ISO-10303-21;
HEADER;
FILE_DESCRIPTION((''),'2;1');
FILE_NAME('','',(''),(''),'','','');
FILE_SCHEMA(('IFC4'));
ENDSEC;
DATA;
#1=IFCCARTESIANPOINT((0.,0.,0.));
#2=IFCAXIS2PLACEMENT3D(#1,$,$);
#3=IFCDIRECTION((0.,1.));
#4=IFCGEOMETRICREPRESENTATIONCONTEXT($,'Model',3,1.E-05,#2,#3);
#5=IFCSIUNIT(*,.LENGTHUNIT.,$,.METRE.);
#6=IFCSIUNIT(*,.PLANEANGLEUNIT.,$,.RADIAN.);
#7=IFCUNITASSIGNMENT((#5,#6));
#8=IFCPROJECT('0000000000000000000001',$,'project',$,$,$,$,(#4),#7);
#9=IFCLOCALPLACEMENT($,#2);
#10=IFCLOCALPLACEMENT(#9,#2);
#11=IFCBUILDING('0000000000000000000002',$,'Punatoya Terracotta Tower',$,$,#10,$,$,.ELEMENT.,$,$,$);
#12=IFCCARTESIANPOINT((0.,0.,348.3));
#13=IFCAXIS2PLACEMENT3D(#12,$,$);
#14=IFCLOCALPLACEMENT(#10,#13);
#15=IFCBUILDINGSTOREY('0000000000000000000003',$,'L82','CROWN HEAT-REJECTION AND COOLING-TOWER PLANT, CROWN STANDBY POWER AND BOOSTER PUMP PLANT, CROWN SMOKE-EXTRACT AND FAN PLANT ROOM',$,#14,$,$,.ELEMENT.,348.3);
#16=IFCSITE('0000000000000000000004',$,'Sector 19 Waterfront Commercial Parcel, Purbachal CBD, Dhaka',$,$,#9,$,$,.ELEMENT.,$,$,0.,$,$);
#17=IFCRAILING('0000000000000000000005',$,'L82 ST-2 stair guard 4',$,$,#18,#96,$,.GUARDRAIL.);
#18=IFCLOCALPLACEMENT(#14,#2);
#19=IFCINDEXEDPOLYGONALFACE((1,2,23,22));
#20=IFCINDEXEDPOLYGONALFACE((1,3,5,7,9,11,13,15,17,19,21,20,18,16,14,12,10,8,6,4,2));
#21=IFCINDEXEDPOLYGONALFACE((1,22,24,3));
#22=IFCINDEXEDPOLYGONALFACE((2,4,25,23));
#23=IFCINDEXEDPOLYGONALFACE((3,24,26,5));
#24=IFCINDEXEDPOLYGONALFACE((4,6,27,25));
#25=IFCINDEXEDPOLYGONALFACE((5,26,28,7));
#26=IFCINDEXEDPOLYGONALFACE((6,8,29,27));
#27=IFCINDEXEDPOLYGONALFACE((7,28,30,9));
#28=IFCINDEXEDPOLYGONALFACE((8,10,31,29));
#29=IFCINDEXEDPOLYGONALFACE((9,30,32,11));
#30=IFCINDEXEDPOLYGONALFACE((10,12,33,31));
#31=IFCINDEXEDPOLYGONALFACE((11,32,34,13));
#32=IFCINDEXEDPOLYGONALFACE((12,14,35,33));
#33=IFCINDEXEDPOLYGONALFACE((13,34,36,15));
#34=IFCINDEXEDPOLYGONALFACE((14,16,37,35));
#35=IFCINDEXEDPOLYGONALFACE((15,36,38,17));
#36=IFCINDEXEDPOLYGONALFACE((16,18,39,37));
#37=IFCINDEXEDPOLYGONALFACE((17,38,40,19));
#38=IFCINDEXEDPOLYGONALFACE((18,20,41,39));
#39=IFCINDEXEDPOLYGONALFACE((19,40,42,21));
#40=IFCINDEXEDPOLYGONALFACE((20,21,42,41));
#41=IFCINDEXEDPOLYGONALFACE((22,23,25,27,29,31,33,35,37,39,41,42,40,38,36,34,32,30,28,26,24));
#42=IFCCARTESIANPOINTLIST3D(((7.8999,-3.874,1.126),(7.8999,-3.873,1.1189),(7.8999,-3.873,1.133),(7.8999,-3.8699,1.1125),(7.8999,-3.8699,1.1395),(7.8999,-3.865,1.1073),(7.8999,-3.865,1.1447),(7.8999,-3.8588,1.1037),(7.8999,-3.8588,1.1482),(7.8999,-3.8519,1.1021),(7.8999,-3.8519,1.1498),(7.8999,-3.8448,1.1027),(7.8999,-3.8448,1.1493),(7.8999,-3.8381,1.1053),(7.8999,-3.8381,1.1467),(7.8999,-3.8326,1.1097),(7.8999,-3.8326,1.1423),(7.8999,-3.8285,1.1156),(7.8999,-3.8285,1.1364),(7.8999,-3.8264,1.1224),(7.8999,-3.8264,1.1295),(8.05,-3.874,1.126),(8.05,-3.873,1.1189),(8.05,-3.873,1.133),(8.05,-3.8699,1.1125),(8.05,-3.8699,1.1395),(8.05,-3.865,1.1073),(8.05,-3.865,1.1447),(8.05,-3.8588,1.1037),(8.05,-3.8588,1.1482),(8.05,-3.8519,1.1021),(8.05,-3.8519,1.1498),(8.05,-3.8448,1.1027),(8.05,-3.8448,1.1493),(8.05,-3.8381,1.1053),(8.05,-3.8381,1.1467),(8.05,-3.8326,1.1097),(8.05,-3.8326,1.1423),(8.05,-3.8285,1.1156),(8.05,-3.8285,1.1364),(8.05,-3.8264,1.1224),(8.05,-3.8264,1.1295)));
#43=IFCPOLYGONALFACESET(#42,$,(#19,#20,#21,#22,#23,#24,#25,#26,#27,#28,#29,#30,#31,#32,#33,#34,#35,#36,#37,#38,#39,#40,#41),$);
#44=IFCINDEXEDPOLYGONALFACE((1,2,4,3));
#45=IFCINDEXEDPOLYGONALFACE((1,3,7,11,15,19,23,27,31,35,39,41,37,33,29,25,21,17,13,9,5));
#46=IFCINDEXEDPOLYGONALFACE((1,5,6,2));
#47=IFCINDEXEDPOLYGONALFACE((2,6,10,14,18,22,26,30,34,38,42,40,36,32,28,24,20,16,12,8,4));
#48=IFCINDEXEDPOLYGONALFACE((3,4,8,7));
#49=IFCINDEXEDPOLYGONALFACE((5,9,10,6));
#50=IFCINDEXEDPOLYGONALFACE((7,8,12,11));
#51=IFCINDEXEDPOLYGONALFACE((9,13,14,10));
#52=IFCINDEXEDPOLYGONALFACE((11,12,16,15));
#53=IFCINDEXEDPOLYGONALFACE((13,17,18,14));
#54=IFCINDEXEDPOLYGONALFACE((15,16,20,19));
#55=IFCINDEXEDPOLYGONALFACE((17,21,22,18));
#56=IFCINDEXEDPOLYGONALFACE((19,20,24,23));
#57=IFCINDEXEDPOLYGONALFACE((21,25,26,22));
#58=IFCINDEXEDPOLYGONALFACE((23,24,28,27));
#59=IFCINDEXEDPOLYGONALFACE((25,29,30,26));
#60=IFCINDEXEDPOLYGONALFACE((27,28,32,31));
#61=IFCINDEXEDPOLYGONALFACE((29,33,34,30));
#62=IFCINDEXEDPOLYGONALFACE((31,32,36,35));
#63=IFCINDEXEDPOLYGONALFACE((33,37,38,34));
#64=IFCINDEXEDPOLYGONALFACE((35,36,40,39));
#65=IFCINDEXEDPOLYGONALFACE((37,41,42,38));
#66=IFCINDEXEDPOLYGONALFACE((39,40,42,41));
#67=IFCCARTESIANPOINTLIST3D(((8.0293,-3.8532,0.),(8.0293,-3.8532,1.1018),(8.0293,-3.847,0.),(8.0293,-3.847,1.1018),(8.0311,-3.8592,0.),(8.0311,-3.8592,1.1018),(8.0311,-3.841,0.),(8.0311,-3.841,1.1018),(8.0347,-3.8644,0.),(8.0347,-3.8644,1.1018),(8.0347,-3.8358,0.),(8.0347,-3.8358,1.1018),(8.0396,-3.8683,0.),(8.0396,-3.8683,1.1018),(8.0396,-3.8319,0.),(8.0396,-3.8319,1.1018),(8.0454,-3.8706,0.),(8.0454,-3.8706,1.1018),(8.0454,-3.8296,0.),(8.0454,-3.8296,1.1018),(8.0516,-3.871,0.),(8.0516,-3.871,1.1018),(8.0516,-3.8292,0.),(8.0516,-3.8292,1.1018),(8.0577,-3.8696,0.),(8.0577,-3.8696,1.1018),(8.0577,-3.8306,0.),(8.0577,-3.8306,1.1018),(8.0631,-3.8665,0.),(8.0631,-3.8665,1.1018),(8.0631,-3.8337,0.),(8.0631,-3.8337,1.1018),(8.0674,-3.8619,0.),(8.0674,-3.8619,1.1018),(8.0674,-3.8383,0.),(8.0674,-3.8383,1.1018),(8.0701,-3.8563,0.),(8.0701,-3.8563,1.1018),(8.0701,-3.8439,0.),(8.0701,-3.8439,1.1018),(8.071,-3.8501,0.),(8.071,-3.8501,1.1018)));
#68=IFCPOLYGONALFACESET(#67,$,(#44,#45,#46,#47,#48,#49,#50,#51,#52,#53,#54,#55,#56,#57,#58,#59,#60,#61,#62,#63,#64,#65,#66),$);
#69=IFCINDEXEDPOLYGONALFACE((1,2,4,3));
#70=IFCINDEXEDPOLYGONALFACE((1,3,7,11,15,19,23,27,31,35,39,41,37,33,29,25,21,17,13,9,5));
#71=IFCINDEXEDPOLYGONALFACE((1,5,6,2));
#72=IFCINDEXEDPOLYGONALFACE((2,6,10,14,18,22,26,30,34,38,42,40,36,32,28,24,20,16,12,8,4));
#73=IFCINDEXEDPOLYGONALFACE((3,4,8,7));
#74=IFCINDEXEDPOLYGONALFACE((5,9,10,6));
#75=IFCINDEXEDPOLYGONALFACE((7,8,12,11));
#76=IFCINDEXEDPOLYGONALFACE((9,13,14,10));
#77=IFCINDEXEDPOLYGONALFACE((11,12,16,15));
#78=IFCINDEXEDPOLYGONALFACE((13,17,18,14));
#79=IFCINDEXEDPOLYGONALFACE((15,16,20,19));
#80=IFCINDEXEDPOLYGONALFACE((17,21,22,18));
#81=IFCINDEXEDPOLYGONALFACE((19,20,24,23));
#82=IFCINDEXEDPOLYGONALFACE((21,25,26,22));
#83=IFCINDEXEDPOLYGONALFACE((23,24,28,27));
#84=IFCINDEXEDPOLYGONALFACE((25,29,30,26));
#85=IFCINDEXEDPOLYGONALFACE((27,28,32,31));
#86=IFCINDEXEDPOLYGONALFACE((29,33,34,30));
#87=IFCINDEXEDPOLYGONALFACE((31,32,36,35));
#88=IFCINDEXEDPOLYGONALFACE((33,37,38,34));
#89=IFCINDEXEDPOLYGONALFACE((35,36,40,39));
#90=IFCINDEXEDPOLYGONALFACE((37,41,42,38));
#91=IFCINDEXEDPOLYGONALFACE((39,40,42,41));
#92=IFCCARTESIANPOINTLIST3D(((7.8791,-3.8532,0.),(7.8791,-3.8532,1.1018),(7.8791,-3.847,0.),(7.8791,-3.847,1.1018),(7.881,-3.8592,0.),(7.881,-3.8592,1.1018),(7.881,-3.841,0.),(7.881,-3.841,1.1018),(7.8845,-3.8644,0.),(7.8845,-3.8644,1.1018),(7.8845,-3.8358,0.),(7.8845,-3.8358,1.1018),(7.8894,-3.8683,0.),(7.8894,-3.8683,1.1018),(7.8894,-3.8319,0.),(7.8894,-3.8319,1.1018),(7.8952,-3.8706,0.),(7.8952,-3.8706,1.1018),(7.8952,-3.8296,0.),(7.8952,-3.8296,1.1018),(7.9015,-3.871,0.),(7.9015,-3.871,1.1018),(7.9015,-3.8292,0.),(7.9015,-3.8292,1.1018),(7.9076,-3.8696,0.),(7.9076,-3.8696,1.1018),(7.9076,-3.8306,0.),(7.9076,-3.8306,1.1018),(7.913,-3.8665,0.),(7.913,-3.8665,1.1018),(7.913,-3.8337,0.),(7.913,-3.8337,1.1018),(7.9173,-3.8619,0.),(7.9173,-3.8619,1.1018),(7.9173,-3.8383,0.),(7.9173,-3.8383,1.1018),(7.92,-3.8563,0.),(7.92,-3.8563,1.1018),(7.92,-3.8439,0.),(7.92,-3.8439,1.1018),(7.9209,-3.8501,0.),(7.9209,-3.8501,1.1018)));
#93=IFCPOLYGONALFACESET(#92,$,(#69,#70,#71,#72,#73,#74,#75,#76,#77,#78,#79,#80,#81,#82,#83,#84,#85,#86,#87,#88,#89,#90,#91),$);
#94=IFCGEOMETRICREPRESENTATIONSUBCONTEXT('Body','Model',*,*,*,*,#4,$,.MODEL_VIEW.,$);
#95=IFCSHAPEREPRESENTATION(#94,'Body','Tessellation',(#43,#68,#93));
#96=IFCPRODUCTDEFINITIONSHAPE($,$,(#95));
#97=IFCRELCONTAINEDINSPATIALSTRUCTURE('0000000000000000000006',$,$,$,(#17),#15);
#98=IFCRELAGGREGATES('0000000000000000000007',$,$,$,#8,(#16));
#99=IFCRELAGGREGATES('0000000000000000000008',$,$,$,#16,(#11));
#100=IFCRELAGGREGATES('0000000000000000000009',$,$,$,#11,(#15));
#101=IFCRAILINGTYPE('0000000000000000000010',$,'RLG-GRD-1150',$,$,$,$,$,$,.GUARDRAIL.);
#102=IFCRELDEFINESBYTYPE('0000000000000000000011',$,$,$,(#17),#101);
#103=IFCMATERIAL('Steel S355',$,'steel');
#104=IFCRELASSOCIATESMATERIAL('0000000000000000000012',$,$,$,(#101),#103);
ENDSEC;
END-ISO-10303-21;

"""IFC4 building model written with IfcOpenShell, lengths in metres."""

from ifc_helpers import new_model, si_unit, direction, frame, origin, origin_2d, place, context, subcontext, project, spatial, circle, extrude, material, type_object, element, save


model = new_model("IFC4")

# Units and contexts
model_context = context("Model", 3, precision=1e-05, world=origin(), true_north=direction((0.0, 1.0)))
body_context = subcontext(model_context, "Body", "Model", "MODEL_VIEW")
ifc_project = project(units=[si_unit("LENGTHUNIT", "METRE"), si_unit("PLANEANGLEUNIT", "RADIAN")], contexts=[model_context])

# Site, building, storey
site_placement = place(None, origin())
site = spatial("IfcSite", under=ifc_project, at=site_placement, Name="Sector 19 Waterfront Commercial Parcel, Purbachal CBD, Dhaka", CompositionType="ELEMENT", RefElevation=0.0)
building_placement = place(site_placement, origin())
building = spatial("IfcBuilding", under=site, at=building_placement, Name="Punatoya Terracotta Tower", CompositionType="ELEMENT")
storey_placement = place(building_placement, frame((0.0, 0.0, 348.3)))
storey = spatial("IfcBuildingStorey", under=building, at=storey_placement, Name="L82", Description="CROWN HEAT-REJECTION AND COOLING-TOWER PLANT, CROWN STANDBY POWER AND BOOSTER PUMP PLANT, CROWN SMOKE-EXTRACT AND FAN PLANT ROOM", CompositionType="ELEMENT", Elevation=348.3)

# Railing
ifc_material_1 = material(Name="Steel S355", Category="steel")
railing_type_1 = type_object("IfcRailingType", Name="RLG-GRD-1150", PredefinedType="GUARDRAIL", material=ifc_material_1)
railing_1_placement = place(storey_placement, frame((8.05, -3.8501, 0.0)))
element("IfcRailing", 1, at=railing_1_placement, inside=storey, type_object=railing_type_1, Name="L82 ST-2 stair guard 4", PredefinedType="GUARDRAIL", context=body_context, shape_type="SweptSolid", body=[
    extrude(circle(Radius=0.0239, at=origin_2d()), frame((0.0, 0.0, 1.126), z_axis=(-1.0, 0.0, 0.0), x_axis=(0.0, -1.0, 0.0)), (0.0, 0.0, 1.0), 0.1501),
    extrude(circle(Radius=0.021, at=origin_2d()), origin(), (0.0, 0.0, 1.0), 1.1018),
    extrude(circle(Radius=0.021, at=origin_2d()), frame((-0.1501, 0.0, 0.0)), (0.0, 0.0, 1.0), 1.1018),
])

save(model, "model.ifc")
